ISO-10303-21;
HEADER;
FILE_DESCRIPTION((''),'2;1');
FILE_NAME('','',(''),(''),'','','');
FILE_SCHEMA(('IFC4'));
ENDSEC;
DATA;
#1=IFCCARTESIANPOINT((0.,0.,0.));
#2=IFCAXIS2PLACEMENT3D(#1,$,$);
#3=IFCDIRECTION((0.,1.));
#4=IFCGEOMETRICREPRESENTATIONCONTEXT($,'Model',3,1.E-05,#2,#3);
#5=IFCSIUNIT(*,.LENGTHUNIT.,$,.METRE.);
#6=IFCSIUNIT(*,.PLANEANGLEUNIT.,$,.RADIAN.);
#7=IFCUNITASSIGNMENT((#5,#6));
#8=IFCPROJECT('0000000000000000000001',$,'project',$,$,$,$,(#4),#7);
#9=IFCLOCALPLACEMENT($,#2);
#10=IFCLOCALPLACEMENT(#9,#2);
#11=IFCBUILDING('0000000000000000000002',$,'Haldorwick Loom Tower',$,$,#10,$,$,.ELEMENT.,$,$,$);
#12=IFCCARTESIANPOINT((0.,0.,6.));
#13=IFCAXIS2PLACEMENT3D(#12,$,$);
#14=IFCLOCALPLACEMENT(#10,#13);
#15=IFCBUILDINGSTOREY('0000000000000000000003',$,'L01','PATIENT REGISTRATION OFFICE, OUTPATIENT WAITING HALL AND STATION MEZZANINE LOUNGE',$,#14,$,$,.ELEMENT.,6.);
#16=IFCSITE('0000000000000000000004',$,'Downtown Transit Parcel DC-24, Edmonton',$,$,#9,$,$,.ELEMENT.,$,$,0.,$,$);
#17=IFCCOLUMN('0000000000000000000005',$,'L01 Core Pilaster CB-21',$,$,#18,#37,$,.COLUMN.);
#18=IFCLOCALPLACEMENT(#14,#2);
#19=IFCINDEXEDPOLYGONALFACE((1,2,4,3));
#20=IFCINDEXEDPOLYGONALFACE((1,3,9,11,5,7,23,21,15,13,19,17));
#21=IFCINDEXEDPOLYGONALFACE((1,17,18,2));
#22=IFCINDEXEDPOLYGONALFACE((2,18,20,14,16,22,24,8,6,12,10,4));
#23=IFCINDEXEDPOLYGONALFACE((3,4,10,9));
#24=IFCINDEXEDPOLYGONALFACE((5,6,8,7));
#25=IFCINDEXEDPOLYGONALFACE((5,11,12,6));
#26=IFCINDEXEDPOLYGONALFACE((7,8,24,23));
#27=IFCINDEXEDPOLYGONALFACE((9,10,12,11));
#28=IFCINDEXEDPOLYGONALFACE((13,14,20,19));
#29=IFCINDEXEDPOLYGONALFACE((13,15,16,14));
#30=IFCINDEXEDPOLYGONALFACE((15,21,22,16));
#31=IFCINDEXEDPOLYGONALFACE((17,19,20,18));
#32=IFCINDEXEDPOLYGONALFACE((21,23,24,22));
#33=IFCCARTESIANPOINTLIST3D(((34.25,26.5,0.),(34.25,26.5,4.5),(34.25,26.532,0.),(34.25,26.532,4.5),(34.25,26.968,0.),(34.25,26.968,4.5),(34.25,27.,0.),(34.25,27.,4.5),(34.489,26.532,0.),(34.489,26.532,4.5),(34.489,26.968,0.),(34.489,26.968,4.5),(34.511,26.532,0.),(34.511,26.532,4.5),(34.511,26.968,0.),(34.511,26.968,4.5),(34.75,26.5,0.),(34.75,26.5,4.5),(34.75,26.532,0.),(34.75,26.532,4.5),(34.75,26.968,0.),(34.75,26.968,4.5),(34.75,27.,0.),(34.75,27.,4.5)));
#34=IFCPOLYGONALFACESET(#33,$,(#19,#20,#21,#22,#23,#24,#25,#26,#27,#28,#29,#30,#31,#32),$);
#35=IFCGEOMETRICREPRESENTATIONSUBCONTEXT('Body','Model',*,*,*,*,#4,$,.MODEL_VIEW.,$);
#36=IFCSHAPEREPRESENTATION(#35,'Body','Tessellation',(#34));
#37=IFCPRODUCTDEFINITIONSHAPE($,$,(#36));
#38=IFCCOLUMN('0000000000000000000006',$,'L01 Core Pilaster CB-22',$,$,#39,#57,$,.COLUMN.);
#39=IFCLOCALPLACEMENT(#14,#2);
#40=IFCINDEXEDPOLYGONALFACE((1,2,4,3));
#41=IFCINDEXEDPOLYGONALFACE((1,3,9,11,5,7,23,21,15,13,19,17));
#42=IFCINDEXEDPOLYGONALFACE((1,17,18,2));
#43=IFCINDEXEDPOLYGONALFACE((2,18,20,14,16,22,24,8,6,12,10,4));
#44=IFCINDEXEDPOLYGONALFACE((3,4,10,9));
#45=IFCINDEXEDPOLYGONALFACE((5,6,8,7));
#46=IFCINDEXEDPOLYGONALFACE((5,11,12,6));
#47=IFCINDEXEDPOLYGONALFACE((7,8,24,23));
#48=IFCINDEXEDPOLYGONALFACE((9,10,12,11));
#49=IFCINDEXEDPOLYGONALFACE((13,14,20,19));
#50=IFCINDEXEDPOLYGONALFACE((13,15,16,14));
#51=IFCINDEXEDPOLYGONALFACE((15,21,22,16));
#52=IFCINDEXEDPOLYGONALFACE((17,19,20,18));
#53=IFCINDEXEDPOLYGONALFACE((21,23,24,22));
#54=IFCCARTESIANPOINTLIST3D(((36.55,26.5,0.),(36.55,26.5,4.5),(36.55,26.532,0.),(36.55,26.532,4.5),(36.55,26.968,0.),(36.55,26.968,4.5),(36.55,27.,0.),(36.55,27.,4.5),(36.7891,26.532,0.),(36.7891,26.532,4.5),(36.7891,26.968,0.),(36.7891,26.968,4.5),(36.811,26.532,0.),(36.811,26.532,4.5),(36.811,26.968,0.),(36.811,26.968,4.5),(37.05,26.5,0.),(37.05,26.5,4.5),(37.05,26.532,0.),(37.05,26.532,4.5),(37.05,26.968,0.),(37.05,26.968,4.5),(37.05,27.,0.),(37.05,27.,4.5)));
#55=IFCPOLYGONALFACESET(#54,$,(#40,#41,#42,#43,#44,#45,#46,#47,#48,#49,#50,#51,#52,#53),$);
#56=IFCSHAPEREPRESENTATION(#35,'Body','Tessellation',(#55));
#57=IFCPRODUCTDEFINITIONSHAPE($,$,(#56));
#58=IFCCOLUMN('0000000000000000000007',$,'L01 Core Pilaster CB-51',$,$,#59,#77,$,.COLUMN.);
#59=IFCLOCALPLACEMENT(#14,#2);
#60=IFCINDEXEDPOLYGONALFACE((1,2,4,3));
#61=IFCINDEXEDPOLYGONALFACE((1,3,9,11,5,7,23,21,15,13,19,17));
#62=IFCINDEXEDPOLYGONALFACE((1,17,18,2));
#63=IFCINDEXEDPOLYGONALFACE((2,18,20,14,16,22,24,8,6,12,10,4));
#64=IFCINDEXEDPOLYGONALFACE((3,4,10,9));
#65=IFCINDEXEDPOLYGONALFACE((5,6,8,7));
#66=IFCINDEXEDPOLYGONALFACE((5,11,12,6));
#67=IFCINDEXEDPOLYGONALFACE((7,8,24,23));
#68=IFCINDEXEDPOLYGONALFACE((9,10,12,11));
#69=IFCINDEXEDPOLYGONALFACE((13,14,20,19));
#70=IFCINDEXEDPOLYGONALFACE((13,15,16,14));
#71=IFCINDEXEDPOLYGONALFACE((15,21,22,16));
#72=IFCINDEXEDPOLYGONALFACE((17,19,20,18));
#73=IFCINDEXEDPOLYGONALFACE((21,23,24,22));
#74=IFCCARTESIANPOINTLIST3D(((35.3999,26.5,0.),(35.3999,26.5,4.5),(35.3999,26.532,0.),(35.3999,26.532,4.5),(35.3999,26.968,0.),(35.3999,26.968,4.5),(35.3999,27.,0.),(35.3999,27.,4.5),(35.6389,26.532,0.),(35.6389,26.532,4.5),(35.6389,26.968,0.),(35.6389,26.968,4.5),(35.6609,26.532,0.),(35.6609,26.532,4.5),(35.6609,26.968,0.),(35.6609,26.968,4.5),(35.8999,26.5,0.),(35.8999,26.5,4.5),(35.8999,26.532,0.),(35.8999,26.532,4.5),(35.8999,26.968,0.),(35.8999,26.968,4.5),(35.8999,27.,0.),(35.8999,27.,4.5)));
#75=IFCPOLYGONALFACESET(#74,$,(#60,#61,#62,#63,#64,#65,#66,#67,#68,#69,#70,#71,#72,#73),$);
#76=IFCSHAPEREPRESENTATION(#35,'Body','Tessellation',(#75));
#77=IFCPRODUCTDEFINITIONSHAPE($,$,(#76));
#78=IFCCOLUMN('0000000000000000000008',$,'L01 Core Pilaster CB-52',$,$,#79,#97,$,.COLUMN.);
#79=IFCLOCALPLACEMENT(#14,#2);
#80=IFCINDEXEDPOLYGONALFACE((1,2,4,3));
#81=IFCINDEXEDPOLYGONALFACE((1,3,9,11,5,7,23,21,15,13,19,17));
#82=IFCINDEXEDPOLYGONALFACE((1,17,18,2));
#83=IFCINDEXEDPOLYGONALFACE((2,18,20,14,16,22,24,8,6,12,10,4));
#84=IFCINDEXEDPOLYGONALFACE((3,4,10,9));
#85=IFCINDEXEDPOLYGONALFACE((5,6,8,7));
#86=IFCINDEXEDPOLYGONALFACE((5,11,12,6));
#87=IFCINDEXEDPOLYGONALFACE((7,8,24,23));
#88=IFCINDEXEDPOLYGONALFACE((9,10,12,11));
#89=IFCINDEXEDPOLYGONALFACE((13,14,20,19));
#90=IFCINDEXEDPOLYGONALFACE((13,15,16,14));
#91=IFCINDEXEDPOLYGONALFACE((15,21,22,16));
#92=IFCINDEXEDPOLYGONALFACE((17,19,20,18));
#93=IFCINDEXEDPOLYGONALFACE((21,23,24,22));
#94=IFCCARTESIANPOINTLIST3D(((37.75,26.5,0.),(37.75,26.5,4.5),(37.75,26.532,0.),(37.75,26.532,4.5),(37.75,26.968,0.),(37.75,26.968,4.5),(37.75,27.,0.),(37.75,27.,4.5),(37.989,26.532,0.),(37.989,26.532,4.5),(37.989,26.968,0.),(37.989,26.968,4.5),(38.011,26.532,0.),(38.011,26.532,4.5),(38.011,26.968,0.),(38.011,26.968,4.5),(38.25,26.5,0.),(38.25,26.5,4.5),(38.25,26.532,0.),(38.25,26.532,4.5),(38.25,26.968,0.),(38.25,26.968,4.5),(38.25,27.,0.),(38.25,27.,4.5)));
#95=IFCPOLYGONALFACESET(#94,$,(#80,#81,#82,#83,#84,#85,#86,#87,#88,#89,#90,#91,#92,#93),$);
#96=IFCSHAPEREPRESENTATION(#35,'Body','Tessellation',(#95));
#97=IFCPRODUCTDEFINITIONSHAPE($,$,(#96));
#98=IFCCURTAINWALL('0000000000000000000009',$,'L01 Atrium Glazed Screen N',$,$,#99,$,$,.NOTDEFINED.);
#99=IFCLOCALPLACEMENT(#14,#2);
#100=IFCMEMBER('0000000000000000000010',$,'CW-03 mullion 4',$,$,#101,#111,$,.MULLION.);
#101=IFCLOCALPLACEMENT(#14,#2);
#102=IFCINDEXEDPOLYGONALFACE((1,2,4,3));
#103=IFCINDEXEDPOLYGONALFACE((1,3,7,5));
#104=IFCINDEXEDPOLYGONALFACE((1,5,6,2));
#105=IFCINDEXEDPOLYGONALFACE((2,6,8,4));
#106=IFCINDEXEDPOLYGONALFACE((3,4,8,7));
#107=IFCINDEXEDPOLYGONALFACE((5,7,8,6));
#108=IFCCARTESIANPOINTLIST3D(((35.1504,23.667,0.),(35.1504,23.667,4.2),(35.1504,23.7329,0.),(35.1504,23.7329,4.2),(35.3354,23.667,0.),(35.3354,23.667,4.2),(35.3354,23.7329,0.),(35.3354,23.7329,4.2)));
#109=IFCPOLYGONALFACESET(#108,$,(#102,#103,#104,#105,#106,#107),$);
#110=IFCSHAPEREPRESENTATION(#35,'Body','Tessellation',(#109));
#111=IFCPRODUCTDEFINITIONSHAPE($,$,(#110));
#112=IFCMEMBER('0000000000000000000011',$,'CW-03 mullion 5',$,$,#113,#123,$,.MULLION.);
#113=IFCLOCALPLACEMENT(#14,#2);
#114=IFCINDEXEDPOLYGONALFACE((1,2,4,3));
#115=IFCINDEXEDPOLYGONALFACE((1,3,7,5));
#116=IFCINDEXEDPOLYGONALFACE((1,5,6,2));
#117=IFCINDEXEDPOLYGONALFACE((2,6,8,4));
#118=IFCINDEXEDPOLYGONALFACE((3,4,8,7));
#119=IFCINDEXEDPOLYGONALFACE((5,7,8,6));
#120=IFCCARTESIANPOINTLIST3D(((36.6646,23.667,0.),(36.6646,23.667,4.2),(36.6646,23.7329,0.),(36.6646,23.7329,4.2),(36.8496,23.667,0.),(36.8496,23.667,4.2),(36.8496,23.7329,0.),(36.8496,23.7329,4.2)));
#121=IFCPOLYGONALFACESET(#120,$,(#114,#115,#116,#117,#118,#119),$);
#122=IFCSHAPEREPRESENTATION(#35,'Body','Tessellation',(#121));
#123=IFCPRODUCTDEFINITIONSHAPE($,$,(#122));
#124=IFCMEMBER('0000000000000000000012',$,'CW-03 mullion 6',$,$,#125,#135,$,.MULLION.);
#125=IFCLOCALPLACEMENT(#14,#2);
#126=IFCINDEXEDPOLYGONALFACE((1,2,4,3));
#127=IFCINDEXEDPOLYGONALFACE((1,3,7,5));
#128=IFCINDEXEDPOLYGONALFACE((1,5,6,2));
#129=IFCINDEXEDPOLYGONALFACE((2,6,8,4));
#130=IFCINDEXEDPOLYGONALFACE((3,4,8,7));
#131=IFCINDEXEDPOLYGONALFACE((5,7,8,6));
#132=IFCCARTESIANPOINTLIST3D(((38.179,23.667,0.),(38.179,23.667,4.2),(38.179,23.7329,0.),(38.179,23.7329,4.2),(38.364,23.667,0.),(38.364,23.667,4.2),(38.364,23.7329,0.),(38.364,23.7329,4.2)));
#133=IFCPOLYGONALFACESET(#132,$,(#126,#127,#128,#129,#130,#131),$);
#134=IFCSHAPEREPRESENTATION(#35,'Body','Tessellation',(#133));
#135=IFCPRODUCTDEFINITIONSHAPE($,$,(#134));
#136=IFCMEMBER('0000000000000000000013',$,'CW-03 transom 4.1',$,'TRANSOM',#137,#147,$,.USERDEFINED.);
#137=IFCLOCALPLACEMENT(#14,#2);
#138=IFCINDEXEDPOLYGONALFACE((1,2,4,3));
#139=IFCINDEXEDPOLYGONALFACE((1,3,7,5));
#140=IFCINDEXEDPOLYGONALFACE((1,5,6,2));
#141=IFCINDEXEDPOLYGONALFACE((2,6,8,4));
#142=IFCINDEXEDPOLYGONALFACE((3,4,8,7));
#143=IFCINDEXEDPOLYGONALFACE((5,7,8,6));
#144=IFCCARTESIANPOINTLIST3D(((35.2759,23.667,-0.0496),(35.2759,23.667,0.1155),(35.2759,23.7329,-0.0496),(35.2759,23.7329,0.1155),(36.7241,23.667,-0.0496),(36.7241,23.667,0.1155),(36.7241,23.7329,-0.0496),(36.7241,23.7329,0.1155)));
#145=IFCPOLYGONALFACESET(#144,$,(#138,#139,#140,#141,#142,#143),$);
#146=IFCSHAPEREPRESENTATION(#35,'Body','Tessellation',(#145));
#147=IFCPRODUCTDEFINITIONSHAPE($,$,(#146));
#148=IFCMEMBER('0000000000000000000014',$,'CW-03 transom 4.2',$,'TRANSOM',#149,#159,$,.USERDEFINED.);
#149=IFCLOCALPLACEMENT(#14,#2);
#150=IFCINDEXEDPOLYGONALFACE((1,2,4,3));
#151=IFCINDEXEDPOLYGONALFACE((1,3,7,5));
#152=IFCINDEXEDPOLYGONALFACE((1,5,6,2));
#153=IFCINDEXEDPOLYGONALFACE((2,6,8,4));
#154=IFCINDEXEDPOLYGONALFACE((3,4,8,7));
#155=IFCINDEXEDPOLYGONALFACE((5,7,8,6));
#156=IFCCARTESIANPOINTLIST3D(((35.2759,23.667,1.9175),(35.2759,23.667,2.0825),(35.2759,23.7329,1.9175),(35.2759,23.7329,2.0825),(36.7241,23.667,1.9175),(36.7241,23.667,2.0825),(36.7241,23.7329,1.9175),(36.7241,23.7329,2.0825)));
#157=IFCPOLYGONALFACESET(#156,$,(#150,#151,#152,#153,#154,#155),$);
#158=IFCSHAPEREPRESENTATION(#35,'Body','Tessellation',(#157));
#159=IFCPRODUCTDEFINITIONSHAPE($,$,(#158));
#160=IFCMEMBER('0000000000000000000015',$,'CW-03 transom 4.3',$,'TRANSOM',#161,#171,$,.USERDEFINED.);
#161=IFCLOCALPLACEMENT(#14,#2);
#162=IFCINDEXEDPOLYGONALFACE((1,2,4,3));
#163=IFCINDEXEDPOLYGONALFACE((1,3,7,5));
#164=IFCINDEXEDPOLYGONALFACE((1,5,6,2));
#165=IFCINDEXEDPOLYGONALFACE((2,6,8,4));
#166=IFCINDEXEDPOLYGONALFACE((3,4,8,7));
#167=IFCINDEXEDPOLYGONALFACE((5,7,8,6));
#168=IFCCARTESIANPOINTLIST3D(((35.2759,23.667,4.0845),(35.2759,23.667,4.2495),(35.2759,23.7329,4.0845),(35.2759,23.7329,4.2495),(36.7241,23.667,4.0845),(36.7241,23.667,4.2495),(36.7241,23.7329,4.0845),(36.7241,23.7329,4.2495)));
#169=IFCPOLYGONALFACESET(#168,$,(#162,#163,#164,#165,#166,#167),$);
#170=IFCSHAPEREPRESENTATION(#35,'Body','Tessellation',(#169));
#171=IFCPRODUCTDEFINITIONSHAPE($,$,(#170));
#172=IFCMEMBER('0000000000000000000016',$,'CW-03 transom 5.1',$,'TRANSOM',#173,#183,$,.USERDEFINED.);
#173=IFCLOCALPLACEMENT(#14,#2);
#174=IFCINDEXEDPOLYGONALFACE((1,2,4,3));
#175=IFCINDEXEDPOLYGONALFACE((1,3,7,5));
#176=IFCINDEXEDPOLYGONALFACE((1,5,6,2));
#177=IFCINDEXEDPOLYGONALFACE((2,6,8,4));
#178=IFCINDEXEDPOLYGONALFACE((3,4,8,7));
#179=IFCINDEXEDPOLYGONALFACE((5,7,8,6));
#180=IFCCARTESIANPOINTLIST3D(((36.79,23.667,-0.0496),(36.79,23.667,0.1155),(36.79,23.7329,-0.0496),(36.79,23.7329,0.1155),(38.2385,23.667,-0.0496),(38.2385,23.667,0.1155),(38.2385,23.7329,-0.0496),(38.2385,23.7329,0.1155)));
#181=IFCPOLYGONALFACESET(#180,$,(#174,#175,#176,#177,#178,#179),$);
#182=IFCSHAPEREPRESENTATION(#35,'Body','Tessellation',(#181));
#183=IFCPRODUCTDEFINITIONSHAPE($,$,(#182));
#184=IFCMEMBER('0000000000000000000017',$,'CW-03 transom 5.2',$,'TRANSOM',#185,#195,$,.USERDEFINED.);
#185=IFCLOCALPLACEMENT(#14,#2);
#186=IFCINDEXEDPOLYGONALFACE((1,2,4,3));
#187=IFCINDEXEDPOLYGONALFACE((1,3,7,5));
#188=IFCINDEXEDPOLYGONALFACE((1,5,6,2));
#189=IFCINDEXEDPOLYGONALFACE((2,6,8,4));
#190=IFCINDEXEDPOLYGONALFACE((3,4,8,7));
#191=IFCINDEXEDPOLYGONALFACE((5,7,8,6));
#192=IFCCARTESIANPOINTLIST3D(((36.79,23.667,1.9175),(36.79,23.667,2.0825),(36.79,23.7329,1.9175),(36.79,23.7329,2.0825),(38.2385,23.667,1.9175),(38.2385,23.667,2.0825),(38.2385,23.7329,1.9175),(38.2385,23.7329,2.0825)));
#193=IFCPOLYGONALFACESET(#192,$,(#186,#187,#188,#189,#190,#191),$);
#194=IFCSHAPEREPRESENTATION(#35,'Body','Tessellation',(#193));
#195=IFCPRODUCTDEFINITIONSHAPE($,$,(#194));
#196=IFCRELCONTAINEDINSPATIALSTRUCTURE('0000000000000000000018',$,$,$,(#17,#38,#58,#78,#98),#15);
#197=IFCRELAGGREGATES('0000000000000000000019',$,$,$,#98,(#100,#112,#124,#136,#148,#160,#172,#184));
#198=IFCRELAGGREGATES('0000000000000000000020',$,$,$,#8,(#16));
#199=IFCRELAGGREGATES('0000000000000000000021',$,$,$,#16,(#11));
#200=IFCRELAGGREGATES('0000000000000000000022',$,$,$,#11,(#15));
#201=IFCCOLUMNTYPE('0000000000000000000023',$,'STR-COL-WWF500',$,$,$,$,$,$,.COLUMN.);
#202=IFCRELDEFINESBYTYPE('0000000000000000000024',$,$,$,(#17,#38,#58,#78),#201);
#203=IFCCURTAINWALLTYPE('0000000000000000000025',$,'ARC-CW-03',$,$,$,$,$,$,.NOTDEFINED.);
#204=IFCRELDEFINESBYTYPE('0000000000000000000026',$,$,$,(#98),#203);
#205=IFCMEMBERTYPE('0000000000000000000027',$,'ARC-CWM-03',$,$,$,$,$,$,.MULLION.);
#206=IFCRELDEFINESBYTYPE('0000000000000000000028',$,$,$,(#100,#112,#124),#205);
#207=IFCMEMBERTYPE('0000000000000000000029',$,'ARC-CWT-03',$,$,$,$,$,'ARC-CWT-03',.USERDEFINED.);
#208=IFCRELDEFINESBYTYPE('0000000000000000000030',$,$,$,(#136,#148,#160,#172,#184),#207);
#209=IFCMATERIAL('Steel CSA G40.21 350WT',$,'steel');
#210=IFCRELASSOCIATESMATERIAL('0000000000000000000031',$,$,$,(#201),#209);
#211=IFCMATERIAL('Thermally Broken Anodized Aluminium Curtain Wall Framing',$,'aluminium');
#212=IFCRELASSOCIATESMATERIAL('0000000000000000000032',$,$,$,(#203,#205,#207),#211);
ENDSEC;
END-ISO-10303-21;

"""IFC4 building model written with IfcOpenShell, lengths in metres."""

from ifc_helpers import new_model, si_unit, direction, frame, origin, origin_2d, place, context, subcontext, project, spatial, rectangle, i_section, extrude, material, material_profile, profile_set, type_object, element, aggregate, save


model = new_model("IFC4")

# Units and contexts
model_context = context("Model", 3, precision=1e-05, world=origin(), true_north=direction((0.0, 1.0)))
body_context = subcontext(model_context, "Body", "Model", "MODEL_VIEW")
ifc_project = project(units=[si_unit("LENGTHUNIT", "METRE"), si_unit("PLANEANGLEUNIT", "RADIAN")], contexts=[model_context])

# Site, building, storey
site_placement = place(None, origin())
site = spatial("IfcSite", under=ifc_project, at=site_placement, Name="Downtown Transit Parcel DC-24, Edmonton", CompositionType="ELEMENT", RefElevation=0.0)
building_placement = place(site_placement, origin())
building = spatial("IfcBuilding", under=site, at=building_placement, Name="Haldorwick Loom Tower", CompositionType="ELEMENT")
storey_placement = place(building_placement, frame((0.0, 0.0, 6.0)))
storey = spatial("IfcBuildingStorey", under=building, at=storey_placement, Name="L01", Description="PATIENT REGISTRATION OFFICE, OUTPATIENT WAITING HALL AND STATION MEZZANINE LOUNGE", CompositionType="ELEMENT", Elevation=6.0)

# Columns
ifc_material_1 = material(Name="Steel CSA G40.21 350WT", Category="steel")
ifc_material_profile_1 = material_profile(ifc_material_1, i_section(OverallWidth=0.5, OverallDepth=0.5, WebThickness=0.022, FlangeThickness=0.032, at=origin_2d()), Name="WWF500X500", Category="steel")
ifc_profile_set_1 = profile_set([ifc_material_profile_1], Name="Steel CSA G40.21 350WT")
column_type = type_object("IfcColumnType", Name="STR-COL-WWF500", PredefinedType="COLUMN", material=ifc_profile_set_1)
for number, where, z_axis, x_axis, name in (
    (1, (34.5, 26.75, 0.0), (0.0, 0.0, 1.0), (1.0, 0.0, 0.0), "L01 Core Pilaster CB-21"),
    (2, (36.8, 26.75, 0.0), (0.0, 0.0, 1.0), (1.0, 0.0, 0.0), "L01 Core Pilaster CB-22"),
    (3, (35.6499, 26.75, 0.0), (0.0, 0.0, 1.0), (1.0, 0.0, 0.0), "L01 Core Pilaster CB-51"),
    (4, (38.0, 26.75, 0.0), (0.0, 0.0, 1.0), (1.0, 0.0, 0.0), "L01 Core Pilaster CB-52"),
):
    element("IfcColumn", number, at=place(storey_placement, frame(where, z_axis=z_axis, x_axis=x_axis)), inside=storey, type_object=column_type, Name=name, PredefinedType="COLUMN", context=body_context, shape_type="SweptSolid", body=[
        extrude(i_section(OverallWidth=0.5, OverallDepth=0.5, WebThickness=0.022, FlangeThickness=0.032, at=origin_2d()), origin(), (0.0, 0.0, 1.0), 4.5),
    ])

# Curtain wall, members
ifc_material_2 = material(Name="Thermally Broken Anodized Aluminium Curtain Wall Framing", Category="aluminium")
curtain_wall_type = type_object("IfcCurtainWallType", Name="ARC-CW-03", PredefinedType="NOTDEFINED", material=ifc_material_2)
curtain_wall_placement = place(storey_placement, origin())
curtain_wall = element("IfcCurtainWall", 5, at=curtain_wall_placement, inside=storey, type_object=curtain_wall_type, Name="L01 Atrium Glazed Screen N", PredefinedType="NOTDEFINED")
ifc_material_profile_2 = material_profile(ifc_material_2, rectangle(XDim=0.0659, YDim=0.1851, at=origin_2d()), Name="ALU_MUL_66X185", Category="aluminium")
ifc_profile_set_2 = profile_set([ifc_material_profile_2], Name="Thermally Broken Anodized Aluminium Curtain Wall Framing")
member_type_1 = type_object("IfcMemberType", Name="ARC-CWM-03", PredefinedType="MULLION", material=ifc_profile_set_2)
member_1_placement = place(storey_placement, frame((35.2429, 23.7, 0.0), z_axis=(0.0, 0.0, 1.0), x_axis=(0.0, 1.0, 0.0)))
member_1 = element("IfcMember", 6, at=member_1_placement, type_object=member_type_1, Name="CW-03 mullion 4", PredefinedType="MULLION", context=body_context, shape_type="SweptSolid", body=[
    extrude(rectangle(XDim=0.0659, YDim=0.1851, at=origin_2d()), origin(), (0.0, 0.0, 1.0), 4.2),
])
member_2_placement = place(storey_placement, frame((36.7571, 23.7, 0.0), z_axis=(0.0, 0.0, 1.0), x_axis=(0.0, 1.0, 0.0)))
member_2 = element("IfcMember", 7, at=member_2_placement, type_object=member_type_1, Name="CW-03 mullion 5", PredefinedType="MULLION", context=body_context, shape_type="SweptSolid", body=[
    extrude(rectangle(XDim=0.0659, YDim=0.1851, at=origin_2d()), origin(), (0.0, 0.0, 1.0), 4.2),
])
member_3_placement = place(storey_placement, frame((38.2715, 23.7, 0.0), z_axis=(0.0, 0.0, 1.0), x_axis=(0.0, 1.0, 0.0)))
member_3 = element("IfcMember", 8, at=member_3_placement, type_object=member_type_1, Name="CW-03 mullion 6", PredefinedType="MULLION", context=body_context, shape_type="SweptSolid", body=[
    extrude(rectangle(XDim=0.0659, YDim=0.1851, at=origin_2d()), origin(), (0.0, 0.0, 1.0), 4.2),
])
ifc_material_profile_3 = material_profile(ifc_material_2, rectangle(XDim=0.0659, YDim=0.165, at=origin_2d()), Name="ALU_TRN_66X165", Category="aluminium")
ifc_profile_set_3 = profile_set([ifc_material_profile_3], Name="Thermally Broken Anodized Aluminium Curtain Wall Framing")
member_type_2 = type_object("IfcMemberType", Name="ARC-CWT-03", ElementType="ARC-CWT-03", PredefinedType="USERDEFINED", material=ifc_profile_set_3)
member_4_placement = place(storey_placement, frame((35.2759, 23.7, 0.033), z_axis=(1.0, 0.0, 0.0), x_axis=(0.0, 1.0, 0.0)))
member_4 = element("IfcMember", 9, at=member_4_placement, type_object=member_type_2, Name="CW-03 transom 4.1", ObjectType="TRANSOM", PredefinedType="USERDEFINED", context=body_context, shape_type="SweptSolid", body=[
    extrude(rectangle(XDim=0.0659, YDim=0.165, at=origin_2d()), origin(), (0.0, 0.0, 1.0), 1.4482),
])
member_5_placement = place(storey_placement, frame((35.2759, 23.7, 2.0), z_axis=(1.0, 0.0, 0.0), x_axis=(0.0, 1.0, 0.0)))
member_5 = element("IfcMember", 10, at=member_5_placement, type_object=member_type_2, Name="CW-03 transom 4.2", ObjectType="TRANSOM", PredefinedType="USERDEFINED", context=body_context, shape_type="SweptSolid", body=[
    extrude(rectangle(XDim=0.0659, YDim=0.165, at=origin_2d()), origin(), (0.0, 0.0, 1.0), 1.4482),
])
member_6_placement = place(storey_placement, frame((35.2759, 23.7, 4.167), z_axis=(1.0, 0.0, 0.0), x_axis=(0.0, 1.0, 0.0)))
member_6 = element("IfcMember", 11, at=member_6_placement, type_object=member_type_2, Name="CW-03 transom 4.3", ObjectType="TRANSOM", PredefinedType="USERDEFINED", context=body_context, shape_type="SweptSolid", body=[
    extrude(rectangle(XDim=0.0659, YDim=0.165, at=origin_2d()), origin(), (0.0, 0.0, 1.0), 1.4482),
])
member_7_placement = place(storey_placement, frame((36.79, 23.7, 0.033), z_axis=(1.0, 0.0, 0.0), x_axis=(0.0, 1.0, 0.0)))
member_7 = element("IfcMember", 12, at=member_7_placement, type_object=member_type_2, Name="CW-03 transom 5.1", ObjectType="TRANSOM", PredefinedType="USERDEFINED", context=body_context, shape_type="SweptSolid", body=[
    extrude(rectangle(XDim=0.0659, YDim=0.165, at=origin_2d()), origin(), (0.0, 0.0, 1.0), 1.4485),
])
member_8_placement = place(storey_placement, frame((36.79, 23.7, 2.0), z_axis=(1.0, 0.0, 0.0), x_axis=(0.0, 1.0, 0.0)))
member_8 = element("IfcMember", 13, at=member_8_placement, type_object=member_type_2, Name="CW-03 transom 5.2", ObjectType="TRANSOM", PredefinedType="USERDEFINED", context=body_context, shape_type="SweptSolid", body=[
    extrude(rectangle(XDim=0.0659, YDim=0.165, at=origin_2d()), origin(), (0.0, 0.0, 1.0), 1.4485),
])
aggregate(curtain_wall, [member_1, member_2, member_3, member_4, member_5, member_6, member_7, member_8])

save(model, "model.ifc")
